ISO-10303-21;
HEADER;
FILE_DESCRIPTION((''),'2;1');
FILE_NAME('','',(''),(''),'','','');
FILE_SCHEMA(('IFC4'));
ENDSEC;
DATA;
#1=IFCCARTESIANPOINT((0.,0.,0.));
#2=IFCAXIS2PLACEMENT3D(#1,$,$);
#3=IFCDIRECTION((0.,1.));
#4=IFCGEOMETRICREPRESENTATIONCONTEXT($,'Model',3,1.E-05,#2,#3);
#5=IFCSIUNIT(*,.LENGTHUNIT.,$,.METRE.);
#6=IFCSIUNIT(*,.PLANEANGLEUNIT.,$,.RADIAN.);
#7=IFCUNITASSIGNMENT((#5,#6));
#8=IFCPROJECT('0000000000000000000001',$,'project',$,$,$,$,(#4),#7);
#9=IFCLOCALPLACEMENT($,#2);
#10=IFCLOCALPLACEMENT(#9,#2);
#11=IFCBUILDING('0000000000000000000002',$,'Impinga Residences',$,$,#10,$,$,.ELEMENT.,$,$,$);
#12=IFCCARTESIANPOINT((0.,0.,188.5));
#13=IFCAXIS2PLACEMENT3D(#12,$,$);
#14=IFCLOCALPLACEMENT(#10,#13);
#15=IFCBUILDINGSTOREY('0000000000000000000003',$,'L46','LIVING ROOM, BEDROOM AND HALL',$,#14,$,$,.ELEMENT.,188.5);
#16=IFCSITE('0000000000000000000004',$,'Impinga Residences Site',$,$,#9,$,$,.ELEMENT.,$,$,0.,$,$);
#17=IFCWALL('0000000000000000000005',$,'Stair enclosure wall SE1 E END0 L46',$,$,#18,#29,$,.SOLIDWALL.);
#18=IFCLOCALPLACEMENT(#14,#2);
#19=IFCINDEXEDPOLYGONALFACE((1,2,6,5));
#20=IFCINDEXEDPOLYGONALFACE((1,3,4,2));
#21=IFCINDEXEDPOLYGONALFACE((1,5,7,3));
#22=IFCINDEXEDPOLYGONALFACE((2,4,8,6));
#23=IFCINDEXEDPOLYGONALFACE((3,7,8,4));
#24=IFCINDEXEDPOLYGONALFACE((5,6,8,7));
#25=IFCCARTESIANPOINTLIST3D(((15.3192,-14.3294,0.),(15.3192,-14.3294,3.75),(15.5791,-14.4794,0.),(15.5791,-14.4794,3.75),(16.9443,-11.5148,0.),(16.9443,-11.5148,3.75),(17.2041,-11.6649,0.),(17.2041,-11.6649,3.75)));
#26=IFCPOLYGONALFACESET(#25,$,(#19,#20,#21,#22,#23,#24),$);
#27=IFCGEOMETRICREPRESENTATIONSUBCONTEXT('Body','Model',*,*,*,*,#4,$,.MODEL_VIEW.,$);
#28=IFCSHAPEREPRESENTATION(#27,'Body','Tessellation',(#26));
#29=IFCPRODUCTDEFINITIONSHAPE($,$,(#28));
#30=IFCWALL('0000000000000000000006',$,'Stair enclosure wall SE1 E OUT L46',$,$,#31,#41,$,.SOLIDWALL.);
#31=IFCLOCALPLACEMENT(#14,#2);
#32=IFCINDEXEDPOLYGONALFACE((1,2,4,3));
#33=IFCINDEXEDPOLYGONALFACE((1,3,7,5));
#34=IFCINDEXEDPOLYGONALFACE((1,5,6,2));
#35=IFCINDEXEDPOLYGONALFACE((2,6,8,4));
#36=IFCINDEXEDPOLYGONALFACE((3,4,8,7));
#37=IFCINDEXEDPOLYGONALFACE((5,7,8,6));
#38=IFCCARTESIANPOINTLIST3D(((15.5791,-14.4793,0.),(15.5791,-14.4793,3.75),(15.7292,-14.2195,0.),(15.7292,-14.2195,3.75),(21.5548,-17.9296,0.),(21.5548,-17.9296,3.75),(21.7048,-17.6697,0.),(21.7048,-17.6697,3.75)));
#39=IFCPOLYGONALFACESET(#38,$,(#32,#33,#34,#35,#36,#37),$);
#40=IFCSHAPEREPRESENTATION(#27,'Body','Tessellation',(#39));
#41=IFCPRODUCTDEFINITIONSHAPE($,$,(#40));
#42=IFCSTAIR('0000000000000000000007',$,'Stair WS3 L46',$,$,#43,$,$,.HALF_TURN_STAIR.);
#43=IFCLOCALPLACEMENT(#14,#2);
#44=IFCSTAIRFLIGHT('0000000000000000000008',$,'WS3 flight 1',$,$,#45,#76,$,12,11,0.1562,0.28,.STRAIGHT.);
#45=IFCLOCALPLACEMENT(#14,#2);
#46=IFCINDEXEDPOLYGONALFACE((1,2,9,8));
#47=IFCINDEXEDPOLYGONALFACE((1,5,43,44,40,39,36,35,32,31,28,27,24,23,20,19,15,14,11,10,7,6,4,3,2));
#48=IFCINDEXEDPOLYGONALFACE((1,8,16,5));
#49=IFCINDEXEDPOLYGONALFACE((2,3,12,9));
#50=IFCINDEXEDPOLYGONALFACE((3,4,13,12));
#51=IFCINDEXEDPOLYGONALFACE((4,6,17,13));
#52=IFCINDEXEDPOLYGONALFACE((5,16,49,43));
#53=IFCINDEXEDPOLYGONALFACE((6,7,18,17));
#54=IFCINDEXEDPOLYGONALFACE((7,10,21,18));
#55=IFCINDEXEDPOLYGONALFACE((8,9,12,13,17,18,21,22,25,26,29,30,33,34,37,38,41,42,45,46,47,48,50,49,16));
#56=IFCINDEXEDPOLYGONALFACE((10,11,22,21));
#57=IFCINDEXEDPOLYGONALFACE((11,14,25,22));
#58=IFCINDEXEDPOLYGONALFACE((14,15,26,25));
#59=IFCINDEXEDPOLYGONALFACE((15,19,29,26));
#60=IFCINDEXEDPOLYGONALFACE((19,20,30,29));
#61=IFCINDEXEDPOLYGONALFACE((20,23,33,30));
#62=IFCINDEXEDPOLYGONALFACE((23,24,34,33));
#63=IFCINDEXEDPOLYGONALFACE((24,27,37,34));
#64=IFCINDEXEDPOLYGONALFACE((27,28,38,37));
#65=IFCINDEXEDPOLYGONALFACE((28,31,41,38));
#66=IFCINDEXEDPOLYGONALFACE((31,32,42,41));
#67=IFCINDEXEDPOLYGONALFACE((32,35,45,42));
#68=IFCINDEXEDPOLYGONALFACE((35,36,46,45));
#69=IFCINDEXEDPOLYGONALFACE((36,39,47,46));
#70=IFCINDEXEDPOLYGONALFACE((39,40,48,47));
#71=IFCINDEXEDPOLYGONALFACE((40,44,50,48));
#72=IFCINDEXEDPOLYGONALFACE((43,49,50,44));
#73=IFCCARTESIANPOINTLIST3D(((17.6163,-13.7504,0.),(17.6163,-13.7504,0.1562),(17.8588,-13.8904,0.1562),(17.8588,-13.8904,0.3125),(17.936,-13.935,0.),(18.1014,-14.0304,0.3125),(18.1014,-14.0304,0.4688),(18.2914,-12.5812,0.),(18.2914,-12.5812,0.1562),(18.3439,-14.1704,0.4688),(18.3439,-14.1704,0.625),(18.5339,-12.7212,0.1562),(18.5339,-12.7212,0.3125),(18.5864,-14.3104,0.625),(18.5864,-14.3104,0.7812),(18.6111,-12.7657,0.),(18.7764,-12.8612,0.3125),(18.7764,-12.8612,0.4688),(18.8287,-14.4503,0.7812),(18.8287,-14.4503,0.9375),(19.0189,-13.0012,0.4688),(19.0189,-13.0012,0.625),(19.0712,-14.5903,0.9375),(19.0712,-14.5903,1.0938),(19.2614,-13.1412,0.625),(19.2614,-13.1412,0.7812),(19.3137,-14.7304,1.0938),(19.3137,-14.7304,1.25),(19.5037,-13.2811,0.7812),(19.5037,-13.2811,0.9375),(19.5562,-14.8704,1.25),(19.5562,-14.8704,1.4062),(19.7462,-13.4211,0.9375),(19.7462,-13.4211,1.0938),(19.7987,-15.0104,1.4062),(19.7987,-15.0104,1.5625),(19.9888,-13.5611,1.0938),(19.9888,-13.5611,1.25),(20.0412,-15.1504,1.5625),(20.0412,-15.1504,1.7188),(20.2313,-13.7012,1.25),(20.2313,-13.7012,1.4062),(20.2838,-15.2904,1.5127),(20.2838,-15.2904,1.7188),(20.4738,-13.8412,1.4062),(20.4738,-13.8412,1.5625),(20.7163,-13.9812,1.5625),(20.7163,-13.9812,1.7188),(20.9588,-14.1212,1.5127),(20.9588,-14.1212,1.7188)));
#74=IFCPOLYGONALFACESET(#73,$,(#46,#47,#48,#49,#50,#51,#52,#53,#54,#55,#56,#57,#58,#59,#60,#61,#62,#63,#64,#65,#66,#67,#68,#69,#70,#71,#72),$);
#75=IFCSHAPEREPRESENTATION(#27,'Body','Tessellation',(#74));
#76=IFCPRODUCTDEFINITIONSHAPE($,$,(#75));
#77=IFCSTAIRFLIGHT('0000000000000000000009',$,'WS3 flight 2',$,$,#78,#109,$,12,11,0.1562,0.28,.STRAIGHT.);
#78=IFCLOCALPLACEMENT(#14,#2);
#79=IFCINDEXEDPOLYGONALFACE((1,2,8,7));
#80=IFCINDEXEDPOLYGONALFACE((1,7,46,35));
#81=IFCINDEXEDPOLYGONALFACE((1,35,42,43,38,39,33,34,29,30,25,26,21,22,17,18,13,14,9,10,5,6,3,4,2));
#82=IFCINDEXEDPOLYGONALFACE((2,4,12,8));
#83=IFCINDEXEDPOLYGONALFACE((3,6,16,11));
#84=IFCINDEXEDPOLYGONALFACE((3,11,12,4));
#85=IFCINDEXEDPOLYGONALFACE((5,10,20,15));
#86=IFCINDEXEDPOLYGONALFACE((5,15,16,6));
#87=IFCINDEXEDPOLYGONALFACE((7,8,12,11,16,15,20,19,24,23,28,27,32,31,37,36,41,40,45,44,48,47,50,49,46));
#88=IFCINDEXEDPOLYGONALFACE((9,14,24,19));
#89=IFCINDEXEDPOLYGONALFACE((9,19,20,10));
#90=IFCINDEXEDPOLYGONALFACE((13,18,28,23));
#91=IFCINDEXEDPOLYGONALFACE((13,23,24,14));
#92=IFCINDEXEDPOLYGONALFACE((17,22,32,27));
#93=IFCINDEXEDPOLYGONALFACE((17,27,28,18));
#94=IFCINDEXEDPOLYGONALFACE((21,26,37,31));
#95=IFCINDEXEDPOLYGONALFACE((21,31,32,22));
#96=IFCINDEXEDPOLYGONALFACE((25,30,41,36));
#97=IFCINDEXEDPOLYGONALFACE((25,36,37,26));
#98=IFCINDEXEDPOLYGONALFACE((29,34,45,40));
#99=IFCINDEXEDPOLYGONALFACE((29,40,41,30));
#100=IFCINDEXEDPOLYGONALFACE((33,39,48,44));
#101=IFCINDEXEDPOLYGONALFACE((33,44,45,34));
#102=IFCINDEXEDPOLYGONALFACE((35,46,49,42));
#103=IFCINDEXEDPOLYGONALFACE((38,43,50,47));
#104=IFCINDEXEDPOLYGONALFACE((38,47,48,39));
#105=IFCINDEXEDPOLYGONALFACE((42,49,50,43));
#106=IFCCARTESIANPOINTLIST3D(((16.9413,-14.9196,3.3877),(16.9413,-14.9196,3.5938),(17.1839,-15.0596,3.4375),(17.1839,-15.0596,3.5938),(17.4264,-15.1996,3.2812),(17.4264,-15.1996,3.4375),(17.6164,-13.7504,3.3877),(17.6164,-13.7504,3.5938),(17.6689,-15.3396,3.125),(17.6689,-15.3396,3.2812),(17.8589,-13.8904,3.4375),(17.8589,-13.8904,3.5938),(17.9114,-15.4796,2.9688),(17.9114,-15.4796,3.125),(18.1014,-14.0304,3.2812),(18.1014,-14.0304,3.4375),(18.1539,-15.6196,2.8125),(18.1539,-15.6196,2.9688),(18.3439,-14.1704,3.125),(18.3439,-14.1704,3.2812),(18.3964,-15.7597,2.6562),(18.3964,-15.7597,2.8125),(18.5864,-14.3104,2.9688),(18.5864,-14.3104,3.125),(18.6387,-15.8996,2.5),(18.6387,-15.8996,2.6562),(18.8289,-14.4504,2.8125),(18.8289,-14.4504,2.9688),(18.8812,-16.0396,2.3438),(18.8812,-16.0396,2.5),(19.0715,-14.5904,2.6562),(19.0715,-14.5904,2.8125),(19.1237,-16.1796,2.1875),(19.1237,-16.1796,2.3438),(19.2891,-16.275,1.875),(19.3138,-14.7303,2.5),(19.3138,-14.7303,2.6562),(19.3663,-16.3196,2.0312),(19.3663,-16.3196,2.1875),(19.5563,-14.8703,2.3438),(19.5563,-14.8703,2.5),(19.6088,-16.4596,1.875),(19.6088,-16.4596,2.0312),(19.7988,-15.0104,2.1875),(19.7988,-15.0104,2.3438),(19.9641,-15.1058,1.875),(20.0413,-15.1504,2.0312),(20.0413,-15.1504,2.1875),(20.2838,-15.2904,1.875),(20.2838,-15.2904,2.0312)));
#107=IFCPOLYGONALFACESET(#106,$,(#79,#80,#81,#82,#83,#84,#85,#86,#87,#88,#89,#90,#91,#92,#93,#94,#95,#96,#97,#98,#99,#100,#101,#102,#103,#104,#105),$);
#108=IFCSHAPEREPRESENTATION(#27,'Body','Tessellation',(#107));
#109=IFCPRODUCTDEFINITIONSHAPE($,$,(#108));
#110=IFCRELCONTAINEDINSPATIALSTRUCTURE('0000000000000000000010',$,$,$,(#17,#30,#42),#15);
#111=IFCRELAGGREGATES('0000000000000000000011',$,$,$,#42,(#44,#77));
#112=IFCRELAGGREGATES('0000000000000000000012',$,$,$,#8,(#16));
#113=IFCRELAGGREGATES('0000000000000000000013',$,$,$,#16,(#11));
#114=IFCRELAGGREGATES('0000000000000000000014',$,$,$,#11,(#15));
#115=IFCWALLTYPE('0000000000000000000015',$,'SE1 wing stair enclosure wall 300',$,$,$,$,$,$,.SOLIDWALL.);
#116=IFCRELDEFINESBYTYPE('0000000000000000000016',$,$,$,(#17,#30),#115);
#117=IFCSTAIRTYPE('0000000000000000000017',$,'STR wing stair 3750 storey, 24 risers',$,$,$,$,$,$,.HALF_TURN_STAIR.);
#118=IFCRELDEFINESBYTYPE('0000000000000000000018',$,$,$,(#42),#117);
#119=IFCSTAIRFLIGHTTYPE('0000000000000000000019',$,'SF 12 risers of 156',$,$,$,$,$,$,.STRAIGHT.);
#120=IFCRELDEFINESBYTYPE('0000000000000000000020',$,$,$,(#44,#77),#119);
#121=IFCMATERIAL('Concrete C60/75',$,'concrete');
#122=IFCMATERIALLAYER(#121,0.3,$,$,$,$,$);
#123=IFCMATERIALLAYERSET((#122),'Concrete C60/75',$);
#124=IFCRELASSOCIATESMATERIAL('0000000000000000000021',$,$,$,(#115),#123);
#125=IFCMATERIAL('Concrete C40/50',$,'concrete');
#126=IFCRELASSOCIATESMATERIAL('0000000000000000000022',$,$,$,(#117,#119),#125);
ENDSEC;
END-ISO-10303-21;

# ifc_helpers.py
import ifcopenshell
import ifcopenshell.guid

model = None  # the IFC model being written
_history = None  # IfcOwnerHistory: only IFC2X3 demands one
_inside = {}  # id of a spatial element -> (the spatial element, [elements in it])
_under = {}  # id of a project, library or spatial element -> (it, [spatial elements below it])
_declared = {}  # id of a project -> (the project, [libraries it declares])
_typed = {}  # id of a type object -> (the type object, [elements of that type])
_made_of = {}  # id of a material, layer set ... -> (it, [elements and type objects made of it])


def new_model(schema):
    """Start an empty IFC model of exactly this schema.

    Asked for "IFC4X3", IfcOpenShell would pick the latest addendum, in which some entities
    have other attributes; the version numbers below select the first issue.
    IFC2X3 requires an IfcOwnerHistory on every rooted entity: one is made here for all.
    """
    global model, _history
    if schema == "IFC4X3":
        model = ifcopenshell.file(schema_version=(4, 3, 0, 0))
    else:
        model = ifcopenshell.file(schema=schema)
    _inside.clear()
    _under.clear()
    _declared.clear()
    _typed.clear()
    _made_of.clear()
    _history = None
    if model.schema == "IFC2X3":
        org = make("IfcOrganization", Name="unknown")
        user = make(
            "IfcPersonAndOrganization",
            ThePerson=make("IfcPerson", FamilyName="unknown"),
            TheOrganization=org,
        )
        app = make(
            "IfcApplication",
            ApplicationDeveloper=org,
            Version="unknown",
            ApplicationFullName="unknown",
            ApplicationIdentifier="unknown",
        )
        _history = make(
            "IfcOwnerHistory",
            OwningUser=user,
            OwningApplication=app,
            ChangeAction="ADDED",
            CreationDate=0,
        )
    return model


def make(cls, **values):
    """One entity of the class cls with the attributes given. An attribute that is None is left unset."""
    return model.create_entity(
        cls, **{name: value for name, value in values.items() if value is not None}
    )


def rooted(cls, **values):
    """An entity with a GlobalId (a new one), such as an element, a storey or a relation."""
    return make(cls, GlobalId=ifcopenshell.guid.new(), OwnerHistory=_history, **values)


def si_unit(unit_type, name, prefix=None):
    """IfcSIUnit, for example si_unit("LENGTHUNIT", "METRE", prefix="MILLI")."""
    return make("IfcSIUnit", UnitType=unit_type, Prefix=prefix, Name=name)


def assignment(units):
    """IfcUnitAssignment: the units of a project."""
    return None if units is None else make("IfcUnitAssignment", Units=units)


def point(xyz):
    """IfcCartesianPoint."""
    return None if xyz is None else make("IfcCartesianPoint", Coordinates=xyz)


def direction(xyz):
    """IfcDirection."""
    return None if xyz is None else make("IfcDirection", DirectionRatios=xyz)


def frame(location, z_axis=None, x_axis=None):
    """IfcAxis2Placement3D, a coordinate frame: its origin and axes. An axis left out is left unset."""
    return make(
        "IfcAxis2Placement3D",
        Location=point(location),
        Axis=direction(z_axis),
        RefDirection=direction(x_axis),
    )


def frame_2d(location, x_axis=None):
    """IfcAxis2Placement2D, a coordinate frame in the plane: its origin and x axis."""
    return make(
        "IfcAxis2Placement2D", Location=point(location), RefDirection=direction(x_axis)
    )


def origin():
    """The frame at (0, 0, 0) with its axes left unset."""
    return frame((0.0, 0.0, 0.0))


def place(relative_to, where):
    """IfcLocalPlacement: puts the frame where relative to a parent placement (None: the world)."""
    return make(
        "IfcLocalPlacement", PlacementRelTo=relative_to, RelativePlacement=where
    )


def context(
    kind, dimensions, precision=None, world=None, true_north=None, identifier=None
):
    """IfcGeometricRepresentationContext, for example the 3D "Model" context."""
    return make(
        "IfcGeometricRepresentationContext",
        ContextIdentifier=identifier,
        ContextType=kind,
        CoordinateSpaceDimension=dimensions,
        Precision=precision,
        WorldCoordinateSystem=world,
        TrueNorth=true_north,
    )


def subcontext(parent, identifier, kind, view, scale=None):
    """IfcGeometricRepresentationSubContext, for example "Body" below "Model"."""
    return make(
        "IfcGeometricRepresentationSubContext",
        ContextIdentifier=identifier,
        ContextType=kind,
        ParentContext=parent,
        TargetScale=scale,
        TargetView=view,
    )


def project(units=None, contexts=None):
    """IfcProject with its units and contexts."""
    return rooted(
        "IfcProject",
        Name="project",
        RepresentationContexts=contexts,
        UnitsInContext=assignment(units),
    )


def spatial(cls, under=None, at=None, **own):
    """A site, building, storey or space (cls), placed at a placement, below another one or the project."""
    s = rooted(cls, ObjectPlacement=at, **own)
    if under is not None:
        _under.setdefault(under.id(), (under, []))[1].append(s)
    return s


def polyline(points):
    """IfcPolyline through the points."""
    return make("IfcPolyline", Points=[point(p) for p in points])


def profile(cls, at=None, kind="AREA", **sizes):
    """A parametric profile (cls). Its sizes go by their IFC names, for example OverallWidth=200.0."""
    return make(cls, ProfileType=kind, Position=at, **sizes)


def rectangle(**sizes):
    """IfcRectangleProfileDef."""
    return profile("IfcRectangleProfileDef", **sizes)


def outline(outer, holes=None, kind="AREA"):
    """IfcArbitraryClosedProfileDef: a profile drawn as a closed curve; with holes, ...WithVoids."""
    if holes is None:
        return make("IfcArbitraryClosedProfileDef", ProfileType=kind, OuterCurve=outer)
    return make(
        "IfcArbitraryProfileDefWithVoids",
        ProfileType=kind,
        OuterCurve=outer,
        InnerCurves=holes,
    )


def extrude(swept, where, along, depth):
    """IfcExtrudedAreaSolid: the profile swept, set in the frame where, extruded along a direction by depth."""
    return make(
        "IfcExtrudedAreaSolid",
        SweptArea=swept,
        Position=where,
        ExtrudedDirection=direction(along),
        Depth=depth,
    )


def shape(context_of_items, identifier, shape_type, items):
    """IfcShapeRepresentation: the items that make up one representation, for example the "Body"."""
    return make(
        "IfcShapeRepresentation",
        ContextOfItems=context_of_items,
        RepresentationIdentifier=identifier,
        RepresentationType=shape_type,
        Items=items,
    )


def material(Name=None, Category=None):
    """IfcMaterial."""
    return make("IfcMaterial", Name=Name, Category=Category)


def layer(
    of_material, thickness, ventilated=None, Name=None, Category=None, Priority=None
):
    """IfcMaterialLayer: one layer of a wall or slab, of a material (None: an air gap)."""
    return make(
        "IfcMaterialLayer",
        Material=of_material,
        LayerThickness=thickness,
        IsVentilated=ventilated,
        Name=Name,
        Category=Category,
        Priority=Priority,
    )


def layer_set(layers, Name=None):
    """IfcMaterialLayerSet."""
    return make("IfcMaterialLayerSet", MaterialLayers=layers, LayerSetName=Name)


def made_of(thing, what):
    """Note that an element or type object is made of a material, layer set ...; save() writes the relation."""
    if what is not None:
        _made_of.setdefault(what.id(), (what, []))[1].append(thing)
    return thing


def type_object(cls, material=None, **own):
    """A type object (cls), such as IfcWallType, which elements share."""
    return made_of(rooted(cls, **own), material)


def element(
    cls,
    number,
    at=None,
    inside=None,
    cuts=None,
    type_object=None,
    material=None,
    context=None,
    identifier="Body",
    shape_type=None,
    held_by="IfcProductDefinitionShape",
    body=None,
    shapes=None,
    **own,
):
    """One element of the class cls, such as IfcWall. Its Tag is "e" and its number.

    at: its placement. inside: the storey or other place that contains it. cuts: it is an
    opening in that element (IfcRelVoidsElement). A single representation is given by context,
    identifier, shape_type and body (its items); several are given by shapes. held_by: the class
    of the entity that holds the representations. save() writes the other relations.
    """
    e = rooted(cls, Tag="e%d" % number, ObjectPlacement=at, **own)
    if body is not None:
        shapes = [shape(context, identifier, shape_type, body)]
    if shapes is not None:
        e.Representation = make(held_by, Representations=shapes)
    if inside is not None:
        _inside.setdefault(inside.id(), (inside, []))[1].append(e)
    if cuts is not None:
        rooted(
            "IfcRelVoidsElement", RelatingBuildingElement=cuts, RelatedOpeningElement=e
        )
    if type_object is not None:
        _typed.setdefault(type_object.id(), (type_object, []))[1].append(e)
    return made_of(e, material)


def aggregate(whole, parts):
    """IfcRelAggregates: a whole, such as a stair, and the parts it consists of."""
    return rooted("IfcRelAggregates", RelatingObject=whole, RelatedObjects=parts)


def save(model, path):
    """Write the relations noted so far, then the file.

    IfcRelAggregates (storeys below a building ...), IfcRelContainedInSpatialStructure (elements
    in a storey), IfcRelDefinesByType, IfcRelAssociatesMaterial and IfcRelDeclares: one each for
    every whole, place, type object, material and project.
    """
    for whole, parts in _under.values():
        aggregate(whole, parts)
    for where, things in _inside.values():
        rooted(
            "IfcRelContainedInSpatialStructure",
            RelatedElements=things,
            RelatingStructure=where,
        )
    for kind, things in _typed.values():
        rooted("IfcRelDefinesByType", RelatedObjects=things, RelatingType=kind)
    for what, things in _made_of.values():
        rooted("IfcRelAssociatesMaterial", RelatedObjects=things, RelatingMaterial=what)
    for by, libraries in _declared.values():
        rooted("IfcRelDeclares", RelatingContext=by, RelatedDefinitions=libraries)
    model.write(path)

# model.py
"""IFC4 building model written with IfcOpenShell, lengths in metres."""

from ifc_helpers import new_model, si_unit, direction, frame, frame_2d, origin, place, context, subcontext, project, spatial, polyline, rectangle, outline, extrude, material, layer, layer_set, type_object, element, aggregate, save


model = new_model("IFC4")

# Units and contexts
model_context = context("Model", 3, precision=1e-05, world=origin(), true_north=direction((0.0, 1.0)))
body_context = subcontext(model_context, "Body", "Model", "MODEL_VIEW")
ifc_project = project(units=[si_unit("LENGTHUNIT", "METRE"), si_unit("PLANEANGLEUNIT", "RADIAN")], contexts=[model_context])

# Site, building, storey
site_placement = place(None, origin())
site = spatial("IfcSite", under=ifc_project, at=site_placement, Name="Impinga Residences Site", CompositionType="ELEMENT", RefElevation=0.0)
building_placement = place(site_placement, origin())
building = spatial("IfcBuilding", under=site, at=building_placement, Name="Impinga Residences", CompositionType="ELEMENT")
storey_placement = place(building_placement, frame((0.0, 0.0, 188.5)))
storey = spatial("IfcBuildingStorey", under=building, at=storey_placement, Name="L46", Description="LIVING ROOM, BEDROOM AND HALL", CompositionType="ELEMENT", Elevation=188.5)

# Shared definitions
ifc_material_1 = material(Name="Concrete C60/75", Category="concrete")

# Walls
ifc_layer_1 = layer(ifc_material_1, 0.3)
ifc_layer_set_1 = layer_set([ifc_layer_1], Name="Concrete C60/75")
wall_type_1 = type_object("IfcWallType", Name="SE1 wing stair enclosure wall 300", PredefinedType="SOLIDWALL", material=ifc_layer_set_1)
wall_1_placement = place(storey_placement, frame((17.0742, -11.5898, 0.0), z_axis=(0.0, 0.0, 1.0), x_axis=(-0.500017, -0.866015, 0.0)))
element("IfcWall", 1, at=wall_1_placement, inside=storey, type_object=wall_type_1, Name="Stair enclosure wall SE1 E END0 L46", PredefinedType="SOLIDWALL", context=body_context, shape_type="SweptSolid", body=[
    extrude(rectangle(XDim=3.25, YDim=0.3, at=frame_2d((1.625, 0.0))), origin(), (0.0, 0.0, 1.0), 3.75),
])
wall_2_placement = place(storey_placement, frame((15.6541, -14.3494, 0.0), z_axis=(0.0, 0.0, 1.0), x_axis=(0.866014, -0.500021, 0.0)))
element("IfcWall", 2, at=wall_2_placement, inside=storey, type_object=wall_type_1, Name="Stair enclosure wall SE1 E OUT L46", PredefinedType="SOLIDWALL", context=body_context, shape_type="SweptSolid", body=[
    extrude(rectangle(XDim=6.9001, YDim=0.3, at=frame_2d((3.4502, 0.0))), origin(), (0.0, 0.0, 1.0), 3.75),
])

# Stair, stair flights
ifc_material_2 = material(Name="Concrete C40/50", Category="concrete")
stair_type = type_object("IfcStairType", Name="STR wing stair 3750 storey, 24 risers", PredefinedType="HALF_TURN_STAIR", material=ifc_material_2)
stair_placement = place(storey_placement, origin())
stair = element("IfcStair", 3, at=stair_placement, inside=storey, type_object=stair_type, Name="Stair WS3 L46", PredefinedType="HALF_TURN_STAIR")
stair_flight_type = type_object("IfcStairFlightType", Name="SF 12 risers of 156", PredefinedType="STRAIGHT", material=ifc_material_2)
stair_flight_1_placement = place(storey_placement, frame((17.9539, -13.1658, 0.0), z_axis=(0.0, 0.0, 1.0), x_axis=(0.866025, -0.5, 0.0)))
stair_flight_1 = element("IfcStairFlight", 4, at=stair_flight_1_placement, type_object=stair_flight_type, Name="WS3 flight 1", NumberOfRisers=12, NumberOfTreads=11, PredefinedType="STRAIGHT", RiserHeight=0.1562, TreadLength=0.28, context=body_context, shape_type="SweptSolid", body=[
    extrude(outline(polyline([(0.0, 0.0), (0.0, 0.1562), (0.28, 0.1562), (0.28, 0.3125), (0.5601, 0.3125), (0.5601, 0.4688), (0.8401, 0.4688), (0.8401, 0.625), (1.1201, 0.625), (1.1201, 0.7812), (1.3999, 0.7812), (1.3999, 0.9375), (1.6799, 0.9375), (1.6799, 1.0938), (1.96, 1.0938), (1.96, 1.25), (2.24, 1.25), (2.24, 1.4062), (2.52, 1.4062), (2.52, 1.5625), (2.8, 1.5625), (2.8, 1.7188), (3.0801, 1.7188), (3.0801, 1.875), (3.0801, 1.5127), (0.3691, 0.0), (0.0, 0.0)])), frame((0.0, 0.675, 0.0), z_axis=(0.0, -1.0, 0.0), x_axis=(1.0, 0.0, 0.0)), (0.0, 0.0, 1.0), 1.3501),
])
stair_flight_2_placement = place(storey_placement, frame((19.9463, -15.875, 1.875), z_axis=(0.0, 0.0, 1.0), x_axis=(-0.866025, 0.5, 0.0)))
stair_flight_2 = element("IfcStairFlight", 5, at=stair_flight_2_placement, type_object=stair_flight_type, Name="WS3 flight 2", NumberOfRisers=12, NumberOfTreads=11, PredefinedType="STRAIGHT", RiserHeight=0.1562, TreadLength=0.28, context=body_context, shape_type="SweptSolid", body=[
    extrude(outline(polyline([(0.0, 0.0), (0.0, 0.1562), (0.28, 0.1562), (0.28, 0.3125), (0.5601, 0.3125), (0.5601, 0.4688), (0.8401, 0.4688), (0.8401, 0.625), (1.1201, 0.625), (1.1201, 0.7812), (1.3999, 0.7812), (1.3999, 0.9375), (1.6799, 0.9375), (1.6799, 1.0938), (1.96, 1.0938), (1.96, 1.25), (2.24, 1.25), (2.24, 1.4062), (2.52, 1.4062), (2.52, 1.5625), (2.8, 1.5625), (2.8, 1.7188), (3.0801, 1.7188), (3.0801, 1.875), (3.0801, 1.5127), (0.3691, 0.0), (0.0, 0.0)])), frame((0.0, 0.675, 0.0), z_axis=(0.0, -1.0, 0.0), x_axis=(1.0, 0.0, 0.0)), (0.0, 0.0, 1.0), 1.3501),
])
aggregate(stair, [stair_flight_1, stair_flight_2])

save(model, "model.ifc")
